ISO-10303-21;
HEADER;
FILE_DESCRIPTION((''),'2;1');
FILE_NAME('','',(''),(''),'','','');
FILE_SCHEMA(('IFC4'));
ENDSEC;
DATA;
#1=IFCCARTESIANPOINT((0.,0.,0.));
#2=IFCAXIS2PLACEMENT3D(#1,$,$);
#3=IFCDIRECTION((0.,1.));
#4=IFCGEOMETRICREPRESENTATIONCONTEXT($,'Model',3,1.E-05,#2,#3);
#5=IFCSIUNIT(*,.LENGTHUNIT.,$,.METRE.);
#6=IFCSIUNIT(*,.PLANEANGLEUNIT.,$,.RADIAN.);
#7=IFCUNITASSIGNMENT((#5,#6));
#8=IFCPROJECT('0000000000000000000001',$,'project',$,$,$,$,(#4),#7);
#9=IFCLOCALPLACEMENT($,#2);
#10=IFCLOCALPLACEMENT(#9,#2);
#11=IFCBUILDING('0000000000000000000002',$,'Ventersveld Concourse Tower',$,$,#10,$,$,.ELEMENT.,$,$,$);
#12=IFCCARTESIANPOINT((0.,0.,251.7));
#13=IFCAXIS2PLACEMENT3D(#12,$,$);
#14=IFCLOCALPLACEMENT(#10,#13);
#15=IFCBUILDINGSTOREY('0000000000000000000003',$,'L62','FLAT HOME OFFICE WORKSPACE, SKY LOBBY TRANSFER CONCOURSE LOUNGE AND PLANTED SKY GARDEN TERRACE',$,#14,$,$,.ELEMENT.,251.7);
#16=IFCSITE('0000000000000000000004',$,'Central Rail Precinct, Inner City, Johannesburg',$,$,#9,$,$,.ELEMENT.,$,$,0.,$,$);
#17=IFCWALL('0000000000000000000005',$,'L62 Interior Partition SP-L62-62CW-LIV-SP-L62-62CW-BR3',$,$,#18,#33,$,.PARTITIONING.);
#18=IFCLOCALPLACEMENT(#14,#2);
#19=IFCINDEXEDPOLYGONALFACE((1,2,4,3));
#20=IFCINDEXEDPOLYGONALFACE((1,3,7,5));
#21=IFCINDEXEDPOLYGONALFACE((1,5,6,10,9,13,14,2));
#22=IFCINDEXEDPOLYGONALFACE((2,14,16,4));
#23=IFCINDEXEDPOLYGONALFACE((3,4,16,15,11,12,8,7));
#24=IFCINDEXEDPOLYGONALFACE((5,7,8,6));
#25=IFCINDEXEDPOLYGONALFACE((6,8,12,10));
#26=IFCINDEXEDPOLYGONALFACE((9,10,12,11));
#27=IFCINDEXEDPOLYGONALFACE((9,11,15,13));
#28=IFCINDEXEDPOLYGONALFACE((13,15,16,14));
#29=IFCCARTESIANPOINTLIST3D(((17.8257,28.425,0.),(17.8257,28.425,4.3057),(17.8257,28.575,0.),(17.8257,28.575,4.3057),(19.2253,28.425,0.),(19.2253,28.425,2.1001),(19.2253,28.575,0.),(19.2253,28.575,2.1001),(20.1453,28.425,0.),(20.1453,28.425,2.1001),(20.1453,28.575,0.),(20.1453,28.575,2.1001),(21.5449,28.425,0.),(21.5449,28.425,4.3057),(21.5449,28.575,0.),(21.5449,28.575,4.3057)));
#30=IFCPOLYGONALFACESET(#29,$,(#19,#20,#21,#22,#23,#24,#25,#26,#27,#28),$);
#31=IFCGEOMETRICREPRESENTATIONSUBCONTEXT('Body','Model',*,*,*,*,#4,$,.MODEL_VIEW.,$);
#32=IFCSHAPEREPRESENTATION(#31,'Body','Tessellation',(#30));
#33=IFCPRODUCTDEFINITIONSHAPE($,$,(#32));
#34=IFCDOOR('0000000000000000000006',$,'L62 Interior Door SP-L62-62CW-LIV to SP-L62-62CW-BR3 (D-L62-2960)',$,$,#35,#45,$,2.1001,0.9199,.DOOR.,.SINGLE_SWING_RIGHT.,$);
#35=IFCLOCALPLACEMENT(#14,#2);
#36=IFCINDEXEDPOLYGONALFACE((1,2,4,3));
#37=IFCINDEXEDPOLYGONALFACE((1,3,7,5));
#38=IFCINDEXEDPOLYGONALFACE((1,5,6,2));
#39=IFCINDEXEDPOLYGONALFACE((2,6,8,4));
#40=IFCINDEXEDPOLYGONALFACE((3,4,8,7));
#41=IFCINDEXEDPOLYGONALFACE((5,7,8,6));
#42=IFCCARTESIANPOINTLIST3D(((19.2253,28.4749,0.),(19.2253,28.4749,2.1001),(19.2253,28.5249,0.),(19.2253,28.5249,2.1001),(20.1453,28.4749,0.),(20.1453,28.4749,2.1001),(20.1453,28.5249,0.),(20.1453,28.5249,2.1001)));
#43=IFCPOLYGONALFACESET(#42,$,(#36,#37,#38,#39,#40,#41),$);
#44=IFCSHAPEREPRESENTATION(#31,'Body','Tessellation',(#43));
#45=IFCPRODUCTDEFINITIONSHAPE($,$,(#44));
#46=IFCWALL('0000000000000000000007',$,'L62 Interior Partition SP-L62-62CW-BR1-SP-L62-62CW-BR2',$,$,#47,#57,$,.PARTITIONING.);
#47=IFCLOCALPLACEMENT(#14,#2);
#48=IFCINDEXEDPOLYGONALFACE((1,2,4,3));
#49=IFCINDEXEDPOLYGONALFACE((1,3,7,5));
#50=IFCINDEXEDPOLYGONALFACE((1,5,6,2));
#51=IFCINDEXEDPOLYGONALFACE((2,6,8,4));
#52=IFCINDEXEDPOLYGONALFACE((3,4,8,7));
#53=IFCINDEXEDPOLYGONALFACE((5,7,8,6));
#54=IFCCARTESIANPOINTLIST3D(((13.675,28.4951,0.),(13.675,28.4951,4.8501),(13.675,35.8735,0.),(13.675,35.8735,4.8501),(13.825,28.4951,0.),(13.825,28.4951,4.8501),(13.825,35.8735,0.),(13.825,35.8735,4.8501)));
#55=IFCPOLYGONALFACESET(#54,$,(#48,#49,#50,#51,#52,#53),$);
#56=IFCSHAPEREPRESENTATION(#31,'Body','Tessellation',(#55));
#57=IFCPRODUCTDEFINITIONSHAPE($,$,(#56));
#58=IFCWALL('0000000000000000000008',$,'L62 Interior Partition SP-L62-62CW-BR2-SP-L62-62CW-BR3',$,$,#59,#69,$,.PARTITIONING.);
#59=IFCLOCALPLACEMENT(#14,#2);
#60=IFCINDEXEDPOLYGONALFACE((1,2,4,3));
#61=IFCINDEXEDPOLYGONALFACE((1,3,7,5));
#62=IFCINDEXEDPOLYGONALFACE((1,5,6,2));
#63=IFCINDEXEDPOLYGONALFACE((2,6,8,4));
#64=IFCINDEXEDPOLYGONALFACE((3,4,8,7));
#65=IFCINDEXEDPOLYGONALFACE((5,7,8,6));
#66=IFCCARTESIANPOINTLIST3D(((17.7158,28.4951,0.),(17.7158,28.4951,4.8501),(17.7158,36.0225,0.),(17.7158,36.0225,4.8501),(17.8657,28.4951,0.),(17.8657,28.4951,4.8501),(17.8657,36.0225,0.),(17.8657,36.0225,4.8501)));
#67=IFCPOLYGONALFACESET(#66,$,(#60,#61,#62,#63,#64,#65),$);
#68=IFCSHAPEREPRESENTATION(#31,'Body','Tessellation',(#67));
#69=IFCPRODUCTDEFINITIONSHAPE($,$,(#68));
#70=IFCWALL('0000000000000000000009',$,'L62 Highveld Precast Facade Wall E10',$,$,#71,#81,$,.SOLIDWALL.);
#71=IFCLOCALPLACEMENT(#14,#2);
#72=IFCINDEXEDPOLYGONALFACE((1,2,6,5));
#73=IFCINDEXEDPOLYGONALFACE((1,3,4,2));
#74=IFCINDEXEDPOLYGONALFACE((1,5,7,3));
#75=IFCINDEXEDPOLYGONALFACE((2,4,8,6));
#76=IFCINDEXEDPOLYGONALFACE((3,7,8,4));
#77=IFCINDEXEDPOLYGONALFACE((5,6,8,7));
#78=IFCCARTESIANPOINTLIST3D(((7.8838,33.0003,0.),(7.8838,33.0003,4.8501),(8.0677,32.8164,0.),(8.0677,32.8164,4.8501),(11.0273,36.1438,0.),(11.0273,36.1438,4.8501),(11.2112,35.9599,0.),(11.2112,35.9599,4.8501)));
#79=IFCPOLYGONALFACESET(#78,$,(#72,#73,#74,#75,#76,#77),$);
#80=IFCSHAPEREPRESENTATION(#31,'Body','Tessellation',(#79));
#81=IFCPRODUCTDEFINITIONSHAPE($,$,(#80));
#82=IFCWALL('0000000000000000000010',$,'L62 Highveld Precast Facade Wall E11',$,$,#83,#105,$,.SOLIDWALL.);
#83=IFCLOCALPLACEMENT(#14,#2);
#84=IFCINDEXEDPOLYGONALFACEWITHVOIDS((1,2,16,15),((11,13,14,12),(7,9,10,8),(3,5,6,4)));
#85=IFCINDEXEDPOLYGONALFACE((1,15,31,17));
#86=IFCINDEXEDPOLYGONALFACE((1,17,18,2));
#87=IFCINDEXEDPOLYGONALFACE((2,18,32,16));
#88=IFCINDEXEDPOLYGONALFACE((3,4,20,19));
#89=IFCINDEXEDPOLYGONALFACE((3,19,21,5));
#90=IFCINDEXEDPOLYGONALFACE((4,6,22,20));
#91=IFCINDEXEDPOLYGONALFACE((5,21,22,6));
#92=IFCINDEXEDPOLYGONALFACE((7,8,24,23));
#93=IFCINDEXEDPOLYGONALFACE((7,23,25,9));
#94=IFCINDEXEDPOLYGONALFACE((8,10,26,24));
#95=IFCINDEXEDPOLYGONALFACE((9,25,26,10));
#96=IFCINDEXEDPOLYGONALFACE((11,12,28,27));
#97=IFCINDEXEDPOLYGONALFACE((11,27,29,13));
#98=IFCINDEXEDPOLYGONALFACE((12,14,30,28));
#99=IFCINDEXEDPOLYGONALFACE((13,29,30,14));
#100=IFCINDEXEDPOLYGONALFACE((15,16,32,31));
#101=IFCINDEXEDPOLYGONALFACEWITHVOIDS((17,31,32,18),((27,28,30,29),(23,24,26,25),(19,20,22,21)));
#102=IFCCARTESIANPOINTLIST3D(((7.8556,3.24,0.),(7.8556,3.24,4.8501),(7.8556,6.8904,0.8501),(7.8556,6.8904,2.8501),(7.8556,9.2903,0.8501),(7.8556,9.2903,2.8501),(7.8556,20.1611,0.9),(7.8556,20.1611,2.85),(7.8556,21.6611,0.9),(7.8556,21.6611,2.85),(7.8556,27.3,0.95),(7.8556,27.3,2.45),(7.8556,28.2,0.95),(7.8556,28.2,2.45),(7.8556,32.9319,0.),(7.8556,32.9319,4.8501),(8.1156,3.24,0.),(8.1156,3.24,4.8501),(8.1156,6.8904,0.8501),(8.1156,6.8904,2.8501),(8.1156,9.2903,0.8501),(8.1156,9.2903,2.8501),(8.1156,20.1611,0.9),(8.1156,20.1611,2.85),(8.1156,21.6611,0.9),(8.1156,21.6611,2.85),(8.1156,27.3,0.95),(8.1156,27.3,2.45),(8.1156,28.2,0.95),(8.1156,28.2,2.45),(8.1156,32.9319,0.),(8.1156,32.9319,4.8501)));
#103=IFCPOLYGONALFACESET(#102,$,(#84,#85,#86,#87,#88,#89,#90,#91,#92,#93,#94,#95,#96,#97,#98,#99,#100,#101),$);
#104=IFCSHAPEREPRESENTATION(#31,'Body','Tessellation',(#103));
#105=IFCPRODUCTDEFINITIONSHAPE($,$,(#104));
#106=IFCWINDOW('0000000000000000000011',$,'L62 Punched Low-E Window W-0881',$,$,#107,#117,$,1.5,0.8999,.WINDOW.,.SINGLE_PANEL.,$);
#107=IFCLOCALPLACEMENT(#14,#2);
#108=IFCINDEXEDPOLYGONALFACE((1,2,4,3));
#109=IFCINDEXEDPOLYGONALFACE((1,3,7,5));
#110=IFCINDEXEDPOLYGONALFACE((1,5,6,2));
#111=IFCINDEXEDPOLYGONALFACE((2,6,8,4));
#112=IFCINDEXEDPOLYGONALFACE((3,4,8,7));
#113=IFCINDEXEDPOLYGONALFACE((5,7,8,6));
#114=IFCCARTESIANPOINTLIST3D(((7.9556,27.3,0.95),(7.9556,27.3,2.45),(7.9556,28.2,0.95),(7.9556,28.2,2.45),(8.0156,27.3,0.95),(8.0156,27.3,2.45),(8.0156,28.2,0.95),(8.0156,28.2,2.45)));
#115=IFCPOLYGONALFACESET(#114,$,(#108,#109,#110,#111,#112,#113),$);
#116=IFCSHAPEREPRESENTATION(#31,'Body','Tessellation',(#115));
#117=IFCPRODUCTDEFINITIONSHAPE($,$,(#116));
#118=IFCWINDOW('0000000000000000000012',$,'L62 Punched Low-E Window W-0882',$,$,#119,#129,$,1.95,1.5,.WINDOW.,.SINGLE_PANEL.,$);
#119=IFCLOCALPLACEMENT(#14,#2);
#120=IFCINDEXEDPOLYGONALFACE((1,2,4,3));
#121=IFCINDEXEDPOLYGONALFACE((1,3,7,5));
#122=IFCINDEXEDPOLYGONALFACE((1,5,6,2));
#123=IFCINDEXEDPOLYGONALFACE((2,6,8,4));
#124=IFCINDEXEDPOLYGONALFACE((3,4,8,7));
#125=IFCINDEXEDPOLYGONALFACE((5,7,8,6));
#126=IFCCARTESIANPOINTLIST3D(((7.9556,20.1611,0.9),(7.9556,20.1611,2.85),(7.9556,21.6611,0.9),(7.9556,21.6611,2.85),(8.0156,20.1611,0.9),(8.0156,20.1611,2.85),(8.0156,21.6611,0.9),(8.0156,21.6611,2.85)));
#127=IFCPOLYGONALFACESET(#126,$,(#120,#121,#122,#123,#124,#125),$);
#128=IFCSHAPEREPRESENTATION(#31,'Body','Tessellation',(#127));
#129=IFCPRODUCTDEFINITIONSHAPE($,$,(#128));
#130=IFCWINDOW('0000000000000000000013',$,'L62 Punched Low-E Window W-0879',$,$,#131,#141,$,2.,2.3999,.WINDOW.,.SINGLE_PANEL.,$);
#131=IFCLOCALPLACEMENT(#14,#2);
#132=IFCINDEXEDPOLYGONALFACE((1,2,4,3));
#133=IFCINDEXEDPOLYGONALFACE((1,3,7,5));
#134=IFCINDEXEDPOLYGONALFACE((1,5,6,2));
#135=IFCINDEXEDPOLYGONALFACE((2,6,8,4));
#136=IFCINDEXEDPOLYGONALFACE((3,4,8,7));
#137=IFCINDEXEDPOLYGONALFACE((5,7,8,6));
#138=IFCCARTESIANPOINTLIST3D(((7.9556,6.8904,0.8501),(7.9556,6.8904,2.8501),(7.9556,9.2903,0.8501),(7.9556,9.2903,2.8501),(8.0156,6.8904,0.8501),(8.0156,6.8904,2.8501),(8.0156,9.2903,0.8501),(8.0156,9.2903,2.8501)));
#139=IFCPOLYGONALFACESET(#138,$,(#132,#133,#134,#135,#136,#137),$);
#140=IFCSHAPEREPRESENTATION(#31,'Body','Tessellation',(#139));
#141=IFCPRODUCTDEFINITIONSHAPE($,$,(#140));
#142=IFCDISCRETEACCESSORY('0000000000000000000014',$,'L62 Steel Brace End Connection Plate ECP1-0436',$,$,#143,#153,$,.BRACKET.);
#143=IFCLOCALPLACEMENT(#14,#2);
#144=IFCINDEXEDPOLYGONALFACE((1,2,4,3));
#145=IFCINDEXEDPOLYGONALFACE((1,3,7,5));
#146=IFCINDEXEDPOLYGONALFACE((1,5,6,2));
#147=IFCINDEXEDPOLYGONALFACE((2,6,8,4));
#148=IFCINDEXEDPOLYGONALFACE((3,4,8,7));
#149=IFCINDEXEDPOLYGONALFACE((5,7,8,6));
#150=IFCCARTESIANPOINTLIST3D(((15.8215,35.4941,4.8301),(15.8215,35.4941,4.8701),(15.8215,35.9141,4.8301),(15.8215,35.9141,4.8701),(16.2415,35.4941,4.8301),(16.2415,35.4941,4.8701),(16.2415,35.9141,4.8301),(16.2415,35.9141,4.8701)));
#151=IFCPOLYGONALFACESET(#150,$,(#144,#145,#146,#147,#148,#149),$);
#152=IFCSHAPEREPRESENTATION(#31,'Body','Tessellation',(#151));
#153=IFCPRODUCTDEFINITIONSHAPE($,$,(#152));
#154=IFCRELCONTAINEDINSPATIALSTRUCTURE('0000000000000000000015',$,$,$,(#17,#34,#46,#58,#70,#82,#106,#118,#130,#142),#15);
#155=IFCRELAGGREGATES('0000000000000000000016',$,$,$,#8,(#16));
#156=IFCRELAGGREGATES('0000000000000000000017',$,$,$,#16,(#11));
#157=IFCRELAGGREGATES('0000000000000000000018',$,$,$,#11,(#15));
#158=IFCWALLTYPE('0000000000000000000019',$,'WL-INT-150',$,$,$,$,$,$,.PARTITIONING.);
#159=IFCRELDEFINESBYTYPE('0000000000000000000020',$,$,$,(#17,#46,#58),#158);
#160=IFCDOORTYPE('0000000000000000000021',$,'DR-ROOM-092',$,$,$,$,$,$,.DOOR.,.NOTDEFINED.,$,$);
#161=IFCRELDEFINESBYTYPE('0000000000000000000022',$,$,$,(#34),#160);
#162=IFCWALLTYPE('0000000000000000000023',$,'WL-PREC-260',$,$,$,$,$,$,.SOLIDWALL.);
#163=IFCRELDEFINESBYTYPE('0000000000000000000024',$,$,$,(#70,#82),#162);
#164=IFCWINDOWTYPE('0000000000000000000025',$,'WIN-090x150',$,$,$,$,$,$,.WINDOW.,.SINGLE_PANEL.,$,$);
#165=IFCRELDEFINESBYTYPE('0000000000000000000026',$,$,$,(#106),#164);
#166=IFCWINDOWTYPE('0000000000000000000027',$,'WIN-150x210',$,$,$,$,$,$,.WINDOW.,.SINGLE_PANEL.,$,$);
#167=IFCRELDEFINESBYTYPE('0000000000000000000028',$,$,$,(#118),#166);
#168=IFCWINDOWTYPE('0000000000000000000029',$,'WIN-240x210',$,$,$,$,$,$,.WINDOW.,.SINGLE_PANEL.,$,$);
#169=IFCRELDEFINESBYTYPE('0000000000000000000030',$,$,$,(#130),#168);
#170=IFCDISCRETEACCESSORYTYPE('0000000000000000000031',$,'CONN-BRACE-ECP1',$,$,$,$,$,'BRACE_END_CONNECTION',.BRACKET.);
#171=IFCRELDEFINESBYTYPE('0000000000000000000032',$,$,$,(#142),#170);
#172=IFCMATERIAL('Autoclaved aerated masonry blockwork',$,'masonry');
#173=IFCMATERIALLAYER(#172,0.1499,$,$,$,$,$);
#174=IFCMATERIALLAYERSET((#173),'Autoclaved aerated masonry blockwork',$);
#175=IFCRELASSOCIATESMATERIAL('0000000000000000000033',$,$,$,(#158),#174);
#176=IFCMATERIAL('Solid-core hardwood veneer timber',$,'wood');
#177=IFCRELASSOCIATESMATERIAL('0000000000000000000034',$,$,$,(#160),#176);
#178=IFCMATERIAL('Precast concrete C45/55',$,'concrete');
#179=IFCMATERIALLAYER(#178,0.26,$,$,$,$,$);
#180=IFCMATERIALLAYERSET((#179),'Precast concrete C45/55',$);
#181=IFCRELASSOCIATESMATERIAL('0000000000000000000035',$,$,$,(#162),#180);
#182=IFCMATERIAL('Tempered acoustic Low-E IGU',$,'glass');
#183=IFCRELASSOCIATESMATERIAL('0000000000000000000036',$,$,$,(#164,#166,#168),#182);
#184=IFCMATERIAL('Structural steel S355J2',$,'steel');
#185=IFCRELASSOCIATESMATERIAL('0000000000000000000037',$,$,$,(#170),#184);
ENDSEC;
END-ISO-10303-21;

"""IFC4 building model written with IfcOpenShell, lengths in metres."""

from ifc_helpers import new_model, si_unit, direction, frame, frame_2d, origin, origin_2d, place, context, subcontext, project, spatial, rectangle, extrude, material, layer, layer_set, type_object, element, fill, save


model = new_model("IFC4")

# Units and contexts
model_context = context("Model", 3, precision=1e-05, world=origin(), true_north=direction((0.0, 1.0)))
body_context = subcontext(model_context, "Body", "Model", "MODEL_VIEW")
ifc_project = project(units=[si_unit("LENGTHUNIT", "METRE"), si_unit("PLANEANGLEUNIT", "RADIAN")], contexts=[model_context])

# Site, building, storey
site_placement = place(None, origin())
site = spatial("IfcSite", under=ifc_project, at=site_placement, Name="Central Rail Precinct, Inner City, Johannesburg", CompositionType="ELEMENT", RefElevation=0.0)
building_placement = place(site_placement, origin())
building = spatial("IfcBuilding", under=site, at=building_placement, Name="Ventersveld Concourse Tower", CompositionType="ELEMENT")
storey_placement = place(building_placement, frame((0.0, 0.0, 251.7)))
storey = spatial("IfcBuildingStorey", under=building, at=storey_placement, Name="L62", Description="FLAT HOME OFFICE WORKSPACE, SKY LOBBY TRANSFER CONCOURSE LOUNGE AND PLANTED SKY GARDEN TERRACE", CompositionType="ELEMENT", Elevation=251.7)

# Shared definitions
ifc_material_1 = material(Name="Structural steel S355J2", Category="steel")

# Shared definitions
ifc_material_2 = material(Name="Autoclaved aerated masonry blockwork", Category="masonry")
ifc_layer_1 = layer(ifc_material_2, 0.1499)
ifc_layer_set_1 = layer_set([ifc_layer_1], Name="Autoclaved aerated masonry blockwork")
wall_type_1 = type_object("IfcWallType", Name="WL-INT-150", PredefinedType="PARTITIONING", material=ifc_layer_set_1)

# Wall, opening, door
ifc_material_3 = material(Name="Solid-core hardwood veneer timber", Category="wood")
door_type = type_object("IfcDoorType", Name="DR-ROOM-092", OperationType="NOTDEFINED", PredefinedType="DOOR", material=ifc_material_3)
wall_1_placement = place(storey_placement, frame((17.8257, 28.5, 0.0), z_axis=(0.0, 0.0, 1.0), x_axis=(1.0, 0.0, 0.0)))
wall_1 = element("IfcWall", 1, at=wall_1_placement, inside=storey, type_object=wall_type_1, Name="L62 Interior Partition SP-L62-62CW-LIV-SP-L62-62CW-BR3", PredefinedType="PARTITIONING", context=body_context, shape_type="SweptSolid", body=[
    extrude(rectangle(XDim=3.7192, YDim=0.1499, at=frame_2d((1.8596, 0.0))), origin(), (0.0, 0.0, 1.0), 4.3057),
])
opening_1_placement = place(wall_1_placement, frame((1.3997, 0.0, 0.0)))
opening_1 = element("IfcOpeningElement", 2, at=opening_1_placement, cuts=wall_1, PredefinedType="OPENING", context=body_context, shape_type="SweptSolid", body=[
    extrude(rectangle(XDim=0.9199, YDim=2.1001, at=frame_2d((0.46, 1.05))), frame((0.0, 0.085, 0.0), z_axis=(0.0, -1.0, 0.0), x_axis=(1.0, 0.0, 0.0)), (0.0, 0.0, 1.0), 0.1699),
])
door_1_placement = place(opening_1_placement, origin())
door_1 = element("IfcDoor", 3, at=door_1_placement, inside=storey, type_object=door_type, Name="L62 Interior Door SP-L62-62CW-LIV to SP-L62-62CW-BR3 (D-L62-2960)", OperationType="SINGLE_SWING_RIGHT", OverallHeight=2.1001, OverallWidth=0.9199, PredefinedType="DOOR", context=body_context, shape_type="SweptSolid", body=[
    extrude(rectangle(XDim=0.9199, YDim=2.1001, at=frame_2d((0.46, 1.05))), frame((0.0, 0.0249, 0.0), z_axis=(0.0, -1.0, 0.0), x_axis=(1.0, 0.0, 0.0)), (0.0, 0.0, 1.0), 0.05),
])
fill(opening_1, door_1)

# Walls
wall_2_placement = place(storey_placement, frame((13.75, 28.4951, 0.0), z_axis=(0.0, 0.0, 1.0), x_axis=(0.0, 1.0, 0.0)))
element("IfcWall", 4, at=wall_2_placement, inside=storey, type_object=wall_type_1, Name="L62 Interior Partition SP-L62-62CW-BR1-SP-L62-62CW-BR2", PredefinedType="PARTITIONING", context=body_context, shape_type="SweptSolid", body=[
    extrude(rectangle(XDim=7.3784, YDim=0.1499, at=frame_2d((3.6892, 0.0))), origin(), (0.0, 0.0, 1.0), 4.8501),
])
wall_3_placement = place(storey_placement, frame((17.7908, 28.4951, 0.0), z_axis=(0.0, 0.0, 1.0), x_axis=(0.0, 1.0, 0.0)))
element("IfcWall", 5, at=wall_3_placement, inside=storey, type_object=wall_type_1, Name="L62 Interior Partition SP-L62-62CW-BR2-SP-L62-62CW-BR3", PredefinedType="PARTITIONING", context=body_context, shape_type="SweptSolid", body=[
    extrude(rectangle(XDim=7.5273, YDim=0.1499, at=frame_2d((3.7637, 0.0))), origin(), (0.0, 0.0, 1.0), 4.8501),
])
ifc_material_4 = material(Name="Precast concrete C45/55", Category="concrete")
ifc_layer_2 = layer(ifc_material_4, 0.26)
ifc_layer_set_2 = layer_set([ifc_layer_2], Name="Precast concrete C45/55")
wall_type_2 = type_object("IfcWallType", Name="WL-PREC-260", PredefinedType="SOLIDWALL", material=ifc_layer_set_2)
wall_4_placement = place(storey_placement, frame((11.1191, 36.0518, 0.0), z_axis=(0.0, 0.0, 1.0), x_axis=(-0.707107, -0.707107, 0.0)))
element("IfcWall", 6, at=wall_4_placement, inside=storey, type_object=wall_type_2, Name="L62 Highveld Precast Facade Wall E10", PredefinedType="SOLIDWALL", context=body_context, shape_type="SweptSolid", body=[
    extrude(rectangle(XDim=4.4456, YDim=0.26, at=frame_2d((2.2227, 0.0))), origin(), (0.0, 0.0, 1.0), 4.8501),
])

# Wall, openings, windows
wall_5_placement = place(storey_placement, frame((7.9856, 32.9319, 0.0), z_axis=(0.0, 0.0, 1.0), x_axis=(0.0, -1.0, 0.0)))
wall_5 = element("IfcWall", 7, at=wall_5_placement, inside=storey, type_object=wall_type_2, Name="L62 Highveld Precast Facade Wall E11", PredefinedType="SOLIDWALL", context=body_context, shape_type="SweptSolid", body=[
    extrude(rectangle(XDim=29.6919, YDim=0.26, at=frame_2d((14.8459, 0.0))), origin(), (0.0, 0.0, 1.0), 4.8501),
])
opening_2_placement = place(wall_5_placement, frame((23.6416, 0.0, 0.8501)))
opening_2 = element("IfcOpeningElement", 8, at=opening_2_placement, cuts=wall_5, PredefinedType="OPENING", context=body_context, shape_type="SweptSolid", body=[
    extrude(rectangle(XDim=2.3999, YDim=2.0, at=frame_2d((1.2, 1.0))), frame((0.0, 0.1401, 0.0), z_axis=(0.0, -1.0, 0.0), x_axis=(1.0, 0.0, 0.0)), (0.0, 0.0, 1.0), 0.28),
])
opening_3_placement = place(wall_5_placement, frame((4.7319, 0.0, 0.95)))
opening_3 = element("IfcOpeningElement", 9, at=opening_3_placement, cuts=wall_5, PredefinedType="OPENING", context=body_context, shape_type="SweptSolid", body=[
    extrude(rectangle(XDim=0.8999, YDim=1.5, at=frame_2d((0.45, 0.75))), frame((0.0, 0.1401, 0.0), z_axis=(0.0, -1.0, 0.0), x_axis=(1.0, 0.0, 0.0)), (0.0, 0.0, 1.0), 0.28),
])
opening_4_placement = place(wall_5_placement, frame((11.2708, 0.0, 0.8999)))
opening_4 = element("IfcOpeningElement", 10, at=opening_4_placement, cuts=wall_5, PredefinedType="OPENING", context=body_context, shape_type="SweptSolid", body=[
    extrude(rectangle(XDim=1.5, YDim=1.95, at=frame_2d((0.75, 0.9751))), frame((0.0, 0.1401, 0.0), z_axis=(0.0, -1.0, 0.0), x_axis=(1.0, 0.0, 0.0)), (0.0, 0.0, 1.0), 0.28),
])
ifc_material_5 = material(Name="Tempered acoustic Low-E IGU", Category="glass")
window_type_1 = type_object("IfcWindowType", Name="WIN-090x150", PartitioningType="SINGLE_PANEL", PredefinedType="WINDOW", material=ifc_material_5)
window_1_placement = place(opening_3_placement, origin())
window_1 = element("IfcWindow", 11, at=window_1_placement, inside=storey, type_object=window_type_1, Name="L62 Punched Low-E Window W-0881", OverallHeight=1.5, OverallWidth=0.8999, PartitioningType="SINGLE_PANEL", PredefinedType="WINDOW", context=body_context, shape_type="SweptSolid", body=[
    extrude(rectangle(XDim=0.8999, YDim=1.5, at=frame_2d((0.45, 0.75))), frame((0.0, 0.03, 0.0), z_axis=(0.0, -1.0, 0.0), x_axis=(1.0, 0.0, 0.0)), (0.0, 0.0, 1.0), 0.0601),
])
fill(opening_3, window_1)
window_type_2 = type_object("IfcWindowType", Name="WIN-150x210", PartitioningType="SINGLE_PANEL", PredefinedType="WINDOW", material=ifc_material_5)
window_2_placement = place(opening_4_placement, origin())
window_2 = element("IfcWindow", 12, at=window_2_placement, inside=storey, type_object=window_type_2, Name="L62 Punched Low-E Window W-0882", OverallHeight=1.95, OverallWidth=1.5, PartitioningType="SINGLE_PANEL", PredefinedType="WINDOW", context=body_context, shape_type="SweptSolid", body=[
    extrude(rectangle(XDim=1.5, YDim=1.95, at=frame_2d((0.75, 0.9751))), frame((0.0, 0.03, 0.0), z_axis=(0.0, -1.0, 0.0), x_axis=(1.0, 0.0, 0.0)), (0.0, 0.0, 1.0), 0.0601),
])
fill(opening_4, window_2)
window_type_3 = type_object("IfcWindowType", Name="WIN-240x210", PartitioningType="SINGLE_PANEL", PredefinedType="WINDOW", material=ifc_material_5)
window_3_placement = place(opening_2_placement, origin())
window_3 = element("IfcWindow", 13, at=window_3_placement, inside=storey, type_object=window_type_3, Name="L62 Punched Low-E Window W-0879", OverallHeight=2.0, OverallWidth=2.3999, PartitioningType="SINGLE_PANEL", PredefinedType="WINDOW", context=body_context, shape_type="SweptSolid", body=[
    extrude(rectangle(XDim=2.3999, YDim=2.0, at=frame_2d((1.2, 1.0))), frame((0.0, 0.03, 0.0), z_axis=(0.0, -1.0, 0.0), x_axis=(1.0, 0.0, 0.0)), (0.0, 0.0, 1.0), 0.0601),
])
fill(opening_2, window_3)

# Discrete accessory
discrete_accessory_type = type_object("IfcDiscreteAccessoryType", Name="CONN-BRACE-ECP1", ElementType="BRACE_END_CONNECTION", PredefinedType="BRACKET", material=ifc_material_1)
discrete_accessory_placement = place(storey_placement, frame((16.0315, 35.7041, 4.8301), z_axis=(0.0, 0.0, 1.0), x_axis=(1.0, 0.0, 0.0)))
element("IfcDiscreteAccessory", 14, at=discrete_accessory_placement, inside=storey, type_object=discrete_accessory_type, Name="L62 Steel Brace End Connection Plate ECP1-0436", PredefinedType="BRACKET", context=body_context, shape_type="SweptSolid", body=[
    extrude(rectangle(XDim=0.4199, YDim=0.4199, at=origin_2d()), origin(), (0.0, 0.0, 1.0), 0.04),
])

save(model, "model.ifc")
